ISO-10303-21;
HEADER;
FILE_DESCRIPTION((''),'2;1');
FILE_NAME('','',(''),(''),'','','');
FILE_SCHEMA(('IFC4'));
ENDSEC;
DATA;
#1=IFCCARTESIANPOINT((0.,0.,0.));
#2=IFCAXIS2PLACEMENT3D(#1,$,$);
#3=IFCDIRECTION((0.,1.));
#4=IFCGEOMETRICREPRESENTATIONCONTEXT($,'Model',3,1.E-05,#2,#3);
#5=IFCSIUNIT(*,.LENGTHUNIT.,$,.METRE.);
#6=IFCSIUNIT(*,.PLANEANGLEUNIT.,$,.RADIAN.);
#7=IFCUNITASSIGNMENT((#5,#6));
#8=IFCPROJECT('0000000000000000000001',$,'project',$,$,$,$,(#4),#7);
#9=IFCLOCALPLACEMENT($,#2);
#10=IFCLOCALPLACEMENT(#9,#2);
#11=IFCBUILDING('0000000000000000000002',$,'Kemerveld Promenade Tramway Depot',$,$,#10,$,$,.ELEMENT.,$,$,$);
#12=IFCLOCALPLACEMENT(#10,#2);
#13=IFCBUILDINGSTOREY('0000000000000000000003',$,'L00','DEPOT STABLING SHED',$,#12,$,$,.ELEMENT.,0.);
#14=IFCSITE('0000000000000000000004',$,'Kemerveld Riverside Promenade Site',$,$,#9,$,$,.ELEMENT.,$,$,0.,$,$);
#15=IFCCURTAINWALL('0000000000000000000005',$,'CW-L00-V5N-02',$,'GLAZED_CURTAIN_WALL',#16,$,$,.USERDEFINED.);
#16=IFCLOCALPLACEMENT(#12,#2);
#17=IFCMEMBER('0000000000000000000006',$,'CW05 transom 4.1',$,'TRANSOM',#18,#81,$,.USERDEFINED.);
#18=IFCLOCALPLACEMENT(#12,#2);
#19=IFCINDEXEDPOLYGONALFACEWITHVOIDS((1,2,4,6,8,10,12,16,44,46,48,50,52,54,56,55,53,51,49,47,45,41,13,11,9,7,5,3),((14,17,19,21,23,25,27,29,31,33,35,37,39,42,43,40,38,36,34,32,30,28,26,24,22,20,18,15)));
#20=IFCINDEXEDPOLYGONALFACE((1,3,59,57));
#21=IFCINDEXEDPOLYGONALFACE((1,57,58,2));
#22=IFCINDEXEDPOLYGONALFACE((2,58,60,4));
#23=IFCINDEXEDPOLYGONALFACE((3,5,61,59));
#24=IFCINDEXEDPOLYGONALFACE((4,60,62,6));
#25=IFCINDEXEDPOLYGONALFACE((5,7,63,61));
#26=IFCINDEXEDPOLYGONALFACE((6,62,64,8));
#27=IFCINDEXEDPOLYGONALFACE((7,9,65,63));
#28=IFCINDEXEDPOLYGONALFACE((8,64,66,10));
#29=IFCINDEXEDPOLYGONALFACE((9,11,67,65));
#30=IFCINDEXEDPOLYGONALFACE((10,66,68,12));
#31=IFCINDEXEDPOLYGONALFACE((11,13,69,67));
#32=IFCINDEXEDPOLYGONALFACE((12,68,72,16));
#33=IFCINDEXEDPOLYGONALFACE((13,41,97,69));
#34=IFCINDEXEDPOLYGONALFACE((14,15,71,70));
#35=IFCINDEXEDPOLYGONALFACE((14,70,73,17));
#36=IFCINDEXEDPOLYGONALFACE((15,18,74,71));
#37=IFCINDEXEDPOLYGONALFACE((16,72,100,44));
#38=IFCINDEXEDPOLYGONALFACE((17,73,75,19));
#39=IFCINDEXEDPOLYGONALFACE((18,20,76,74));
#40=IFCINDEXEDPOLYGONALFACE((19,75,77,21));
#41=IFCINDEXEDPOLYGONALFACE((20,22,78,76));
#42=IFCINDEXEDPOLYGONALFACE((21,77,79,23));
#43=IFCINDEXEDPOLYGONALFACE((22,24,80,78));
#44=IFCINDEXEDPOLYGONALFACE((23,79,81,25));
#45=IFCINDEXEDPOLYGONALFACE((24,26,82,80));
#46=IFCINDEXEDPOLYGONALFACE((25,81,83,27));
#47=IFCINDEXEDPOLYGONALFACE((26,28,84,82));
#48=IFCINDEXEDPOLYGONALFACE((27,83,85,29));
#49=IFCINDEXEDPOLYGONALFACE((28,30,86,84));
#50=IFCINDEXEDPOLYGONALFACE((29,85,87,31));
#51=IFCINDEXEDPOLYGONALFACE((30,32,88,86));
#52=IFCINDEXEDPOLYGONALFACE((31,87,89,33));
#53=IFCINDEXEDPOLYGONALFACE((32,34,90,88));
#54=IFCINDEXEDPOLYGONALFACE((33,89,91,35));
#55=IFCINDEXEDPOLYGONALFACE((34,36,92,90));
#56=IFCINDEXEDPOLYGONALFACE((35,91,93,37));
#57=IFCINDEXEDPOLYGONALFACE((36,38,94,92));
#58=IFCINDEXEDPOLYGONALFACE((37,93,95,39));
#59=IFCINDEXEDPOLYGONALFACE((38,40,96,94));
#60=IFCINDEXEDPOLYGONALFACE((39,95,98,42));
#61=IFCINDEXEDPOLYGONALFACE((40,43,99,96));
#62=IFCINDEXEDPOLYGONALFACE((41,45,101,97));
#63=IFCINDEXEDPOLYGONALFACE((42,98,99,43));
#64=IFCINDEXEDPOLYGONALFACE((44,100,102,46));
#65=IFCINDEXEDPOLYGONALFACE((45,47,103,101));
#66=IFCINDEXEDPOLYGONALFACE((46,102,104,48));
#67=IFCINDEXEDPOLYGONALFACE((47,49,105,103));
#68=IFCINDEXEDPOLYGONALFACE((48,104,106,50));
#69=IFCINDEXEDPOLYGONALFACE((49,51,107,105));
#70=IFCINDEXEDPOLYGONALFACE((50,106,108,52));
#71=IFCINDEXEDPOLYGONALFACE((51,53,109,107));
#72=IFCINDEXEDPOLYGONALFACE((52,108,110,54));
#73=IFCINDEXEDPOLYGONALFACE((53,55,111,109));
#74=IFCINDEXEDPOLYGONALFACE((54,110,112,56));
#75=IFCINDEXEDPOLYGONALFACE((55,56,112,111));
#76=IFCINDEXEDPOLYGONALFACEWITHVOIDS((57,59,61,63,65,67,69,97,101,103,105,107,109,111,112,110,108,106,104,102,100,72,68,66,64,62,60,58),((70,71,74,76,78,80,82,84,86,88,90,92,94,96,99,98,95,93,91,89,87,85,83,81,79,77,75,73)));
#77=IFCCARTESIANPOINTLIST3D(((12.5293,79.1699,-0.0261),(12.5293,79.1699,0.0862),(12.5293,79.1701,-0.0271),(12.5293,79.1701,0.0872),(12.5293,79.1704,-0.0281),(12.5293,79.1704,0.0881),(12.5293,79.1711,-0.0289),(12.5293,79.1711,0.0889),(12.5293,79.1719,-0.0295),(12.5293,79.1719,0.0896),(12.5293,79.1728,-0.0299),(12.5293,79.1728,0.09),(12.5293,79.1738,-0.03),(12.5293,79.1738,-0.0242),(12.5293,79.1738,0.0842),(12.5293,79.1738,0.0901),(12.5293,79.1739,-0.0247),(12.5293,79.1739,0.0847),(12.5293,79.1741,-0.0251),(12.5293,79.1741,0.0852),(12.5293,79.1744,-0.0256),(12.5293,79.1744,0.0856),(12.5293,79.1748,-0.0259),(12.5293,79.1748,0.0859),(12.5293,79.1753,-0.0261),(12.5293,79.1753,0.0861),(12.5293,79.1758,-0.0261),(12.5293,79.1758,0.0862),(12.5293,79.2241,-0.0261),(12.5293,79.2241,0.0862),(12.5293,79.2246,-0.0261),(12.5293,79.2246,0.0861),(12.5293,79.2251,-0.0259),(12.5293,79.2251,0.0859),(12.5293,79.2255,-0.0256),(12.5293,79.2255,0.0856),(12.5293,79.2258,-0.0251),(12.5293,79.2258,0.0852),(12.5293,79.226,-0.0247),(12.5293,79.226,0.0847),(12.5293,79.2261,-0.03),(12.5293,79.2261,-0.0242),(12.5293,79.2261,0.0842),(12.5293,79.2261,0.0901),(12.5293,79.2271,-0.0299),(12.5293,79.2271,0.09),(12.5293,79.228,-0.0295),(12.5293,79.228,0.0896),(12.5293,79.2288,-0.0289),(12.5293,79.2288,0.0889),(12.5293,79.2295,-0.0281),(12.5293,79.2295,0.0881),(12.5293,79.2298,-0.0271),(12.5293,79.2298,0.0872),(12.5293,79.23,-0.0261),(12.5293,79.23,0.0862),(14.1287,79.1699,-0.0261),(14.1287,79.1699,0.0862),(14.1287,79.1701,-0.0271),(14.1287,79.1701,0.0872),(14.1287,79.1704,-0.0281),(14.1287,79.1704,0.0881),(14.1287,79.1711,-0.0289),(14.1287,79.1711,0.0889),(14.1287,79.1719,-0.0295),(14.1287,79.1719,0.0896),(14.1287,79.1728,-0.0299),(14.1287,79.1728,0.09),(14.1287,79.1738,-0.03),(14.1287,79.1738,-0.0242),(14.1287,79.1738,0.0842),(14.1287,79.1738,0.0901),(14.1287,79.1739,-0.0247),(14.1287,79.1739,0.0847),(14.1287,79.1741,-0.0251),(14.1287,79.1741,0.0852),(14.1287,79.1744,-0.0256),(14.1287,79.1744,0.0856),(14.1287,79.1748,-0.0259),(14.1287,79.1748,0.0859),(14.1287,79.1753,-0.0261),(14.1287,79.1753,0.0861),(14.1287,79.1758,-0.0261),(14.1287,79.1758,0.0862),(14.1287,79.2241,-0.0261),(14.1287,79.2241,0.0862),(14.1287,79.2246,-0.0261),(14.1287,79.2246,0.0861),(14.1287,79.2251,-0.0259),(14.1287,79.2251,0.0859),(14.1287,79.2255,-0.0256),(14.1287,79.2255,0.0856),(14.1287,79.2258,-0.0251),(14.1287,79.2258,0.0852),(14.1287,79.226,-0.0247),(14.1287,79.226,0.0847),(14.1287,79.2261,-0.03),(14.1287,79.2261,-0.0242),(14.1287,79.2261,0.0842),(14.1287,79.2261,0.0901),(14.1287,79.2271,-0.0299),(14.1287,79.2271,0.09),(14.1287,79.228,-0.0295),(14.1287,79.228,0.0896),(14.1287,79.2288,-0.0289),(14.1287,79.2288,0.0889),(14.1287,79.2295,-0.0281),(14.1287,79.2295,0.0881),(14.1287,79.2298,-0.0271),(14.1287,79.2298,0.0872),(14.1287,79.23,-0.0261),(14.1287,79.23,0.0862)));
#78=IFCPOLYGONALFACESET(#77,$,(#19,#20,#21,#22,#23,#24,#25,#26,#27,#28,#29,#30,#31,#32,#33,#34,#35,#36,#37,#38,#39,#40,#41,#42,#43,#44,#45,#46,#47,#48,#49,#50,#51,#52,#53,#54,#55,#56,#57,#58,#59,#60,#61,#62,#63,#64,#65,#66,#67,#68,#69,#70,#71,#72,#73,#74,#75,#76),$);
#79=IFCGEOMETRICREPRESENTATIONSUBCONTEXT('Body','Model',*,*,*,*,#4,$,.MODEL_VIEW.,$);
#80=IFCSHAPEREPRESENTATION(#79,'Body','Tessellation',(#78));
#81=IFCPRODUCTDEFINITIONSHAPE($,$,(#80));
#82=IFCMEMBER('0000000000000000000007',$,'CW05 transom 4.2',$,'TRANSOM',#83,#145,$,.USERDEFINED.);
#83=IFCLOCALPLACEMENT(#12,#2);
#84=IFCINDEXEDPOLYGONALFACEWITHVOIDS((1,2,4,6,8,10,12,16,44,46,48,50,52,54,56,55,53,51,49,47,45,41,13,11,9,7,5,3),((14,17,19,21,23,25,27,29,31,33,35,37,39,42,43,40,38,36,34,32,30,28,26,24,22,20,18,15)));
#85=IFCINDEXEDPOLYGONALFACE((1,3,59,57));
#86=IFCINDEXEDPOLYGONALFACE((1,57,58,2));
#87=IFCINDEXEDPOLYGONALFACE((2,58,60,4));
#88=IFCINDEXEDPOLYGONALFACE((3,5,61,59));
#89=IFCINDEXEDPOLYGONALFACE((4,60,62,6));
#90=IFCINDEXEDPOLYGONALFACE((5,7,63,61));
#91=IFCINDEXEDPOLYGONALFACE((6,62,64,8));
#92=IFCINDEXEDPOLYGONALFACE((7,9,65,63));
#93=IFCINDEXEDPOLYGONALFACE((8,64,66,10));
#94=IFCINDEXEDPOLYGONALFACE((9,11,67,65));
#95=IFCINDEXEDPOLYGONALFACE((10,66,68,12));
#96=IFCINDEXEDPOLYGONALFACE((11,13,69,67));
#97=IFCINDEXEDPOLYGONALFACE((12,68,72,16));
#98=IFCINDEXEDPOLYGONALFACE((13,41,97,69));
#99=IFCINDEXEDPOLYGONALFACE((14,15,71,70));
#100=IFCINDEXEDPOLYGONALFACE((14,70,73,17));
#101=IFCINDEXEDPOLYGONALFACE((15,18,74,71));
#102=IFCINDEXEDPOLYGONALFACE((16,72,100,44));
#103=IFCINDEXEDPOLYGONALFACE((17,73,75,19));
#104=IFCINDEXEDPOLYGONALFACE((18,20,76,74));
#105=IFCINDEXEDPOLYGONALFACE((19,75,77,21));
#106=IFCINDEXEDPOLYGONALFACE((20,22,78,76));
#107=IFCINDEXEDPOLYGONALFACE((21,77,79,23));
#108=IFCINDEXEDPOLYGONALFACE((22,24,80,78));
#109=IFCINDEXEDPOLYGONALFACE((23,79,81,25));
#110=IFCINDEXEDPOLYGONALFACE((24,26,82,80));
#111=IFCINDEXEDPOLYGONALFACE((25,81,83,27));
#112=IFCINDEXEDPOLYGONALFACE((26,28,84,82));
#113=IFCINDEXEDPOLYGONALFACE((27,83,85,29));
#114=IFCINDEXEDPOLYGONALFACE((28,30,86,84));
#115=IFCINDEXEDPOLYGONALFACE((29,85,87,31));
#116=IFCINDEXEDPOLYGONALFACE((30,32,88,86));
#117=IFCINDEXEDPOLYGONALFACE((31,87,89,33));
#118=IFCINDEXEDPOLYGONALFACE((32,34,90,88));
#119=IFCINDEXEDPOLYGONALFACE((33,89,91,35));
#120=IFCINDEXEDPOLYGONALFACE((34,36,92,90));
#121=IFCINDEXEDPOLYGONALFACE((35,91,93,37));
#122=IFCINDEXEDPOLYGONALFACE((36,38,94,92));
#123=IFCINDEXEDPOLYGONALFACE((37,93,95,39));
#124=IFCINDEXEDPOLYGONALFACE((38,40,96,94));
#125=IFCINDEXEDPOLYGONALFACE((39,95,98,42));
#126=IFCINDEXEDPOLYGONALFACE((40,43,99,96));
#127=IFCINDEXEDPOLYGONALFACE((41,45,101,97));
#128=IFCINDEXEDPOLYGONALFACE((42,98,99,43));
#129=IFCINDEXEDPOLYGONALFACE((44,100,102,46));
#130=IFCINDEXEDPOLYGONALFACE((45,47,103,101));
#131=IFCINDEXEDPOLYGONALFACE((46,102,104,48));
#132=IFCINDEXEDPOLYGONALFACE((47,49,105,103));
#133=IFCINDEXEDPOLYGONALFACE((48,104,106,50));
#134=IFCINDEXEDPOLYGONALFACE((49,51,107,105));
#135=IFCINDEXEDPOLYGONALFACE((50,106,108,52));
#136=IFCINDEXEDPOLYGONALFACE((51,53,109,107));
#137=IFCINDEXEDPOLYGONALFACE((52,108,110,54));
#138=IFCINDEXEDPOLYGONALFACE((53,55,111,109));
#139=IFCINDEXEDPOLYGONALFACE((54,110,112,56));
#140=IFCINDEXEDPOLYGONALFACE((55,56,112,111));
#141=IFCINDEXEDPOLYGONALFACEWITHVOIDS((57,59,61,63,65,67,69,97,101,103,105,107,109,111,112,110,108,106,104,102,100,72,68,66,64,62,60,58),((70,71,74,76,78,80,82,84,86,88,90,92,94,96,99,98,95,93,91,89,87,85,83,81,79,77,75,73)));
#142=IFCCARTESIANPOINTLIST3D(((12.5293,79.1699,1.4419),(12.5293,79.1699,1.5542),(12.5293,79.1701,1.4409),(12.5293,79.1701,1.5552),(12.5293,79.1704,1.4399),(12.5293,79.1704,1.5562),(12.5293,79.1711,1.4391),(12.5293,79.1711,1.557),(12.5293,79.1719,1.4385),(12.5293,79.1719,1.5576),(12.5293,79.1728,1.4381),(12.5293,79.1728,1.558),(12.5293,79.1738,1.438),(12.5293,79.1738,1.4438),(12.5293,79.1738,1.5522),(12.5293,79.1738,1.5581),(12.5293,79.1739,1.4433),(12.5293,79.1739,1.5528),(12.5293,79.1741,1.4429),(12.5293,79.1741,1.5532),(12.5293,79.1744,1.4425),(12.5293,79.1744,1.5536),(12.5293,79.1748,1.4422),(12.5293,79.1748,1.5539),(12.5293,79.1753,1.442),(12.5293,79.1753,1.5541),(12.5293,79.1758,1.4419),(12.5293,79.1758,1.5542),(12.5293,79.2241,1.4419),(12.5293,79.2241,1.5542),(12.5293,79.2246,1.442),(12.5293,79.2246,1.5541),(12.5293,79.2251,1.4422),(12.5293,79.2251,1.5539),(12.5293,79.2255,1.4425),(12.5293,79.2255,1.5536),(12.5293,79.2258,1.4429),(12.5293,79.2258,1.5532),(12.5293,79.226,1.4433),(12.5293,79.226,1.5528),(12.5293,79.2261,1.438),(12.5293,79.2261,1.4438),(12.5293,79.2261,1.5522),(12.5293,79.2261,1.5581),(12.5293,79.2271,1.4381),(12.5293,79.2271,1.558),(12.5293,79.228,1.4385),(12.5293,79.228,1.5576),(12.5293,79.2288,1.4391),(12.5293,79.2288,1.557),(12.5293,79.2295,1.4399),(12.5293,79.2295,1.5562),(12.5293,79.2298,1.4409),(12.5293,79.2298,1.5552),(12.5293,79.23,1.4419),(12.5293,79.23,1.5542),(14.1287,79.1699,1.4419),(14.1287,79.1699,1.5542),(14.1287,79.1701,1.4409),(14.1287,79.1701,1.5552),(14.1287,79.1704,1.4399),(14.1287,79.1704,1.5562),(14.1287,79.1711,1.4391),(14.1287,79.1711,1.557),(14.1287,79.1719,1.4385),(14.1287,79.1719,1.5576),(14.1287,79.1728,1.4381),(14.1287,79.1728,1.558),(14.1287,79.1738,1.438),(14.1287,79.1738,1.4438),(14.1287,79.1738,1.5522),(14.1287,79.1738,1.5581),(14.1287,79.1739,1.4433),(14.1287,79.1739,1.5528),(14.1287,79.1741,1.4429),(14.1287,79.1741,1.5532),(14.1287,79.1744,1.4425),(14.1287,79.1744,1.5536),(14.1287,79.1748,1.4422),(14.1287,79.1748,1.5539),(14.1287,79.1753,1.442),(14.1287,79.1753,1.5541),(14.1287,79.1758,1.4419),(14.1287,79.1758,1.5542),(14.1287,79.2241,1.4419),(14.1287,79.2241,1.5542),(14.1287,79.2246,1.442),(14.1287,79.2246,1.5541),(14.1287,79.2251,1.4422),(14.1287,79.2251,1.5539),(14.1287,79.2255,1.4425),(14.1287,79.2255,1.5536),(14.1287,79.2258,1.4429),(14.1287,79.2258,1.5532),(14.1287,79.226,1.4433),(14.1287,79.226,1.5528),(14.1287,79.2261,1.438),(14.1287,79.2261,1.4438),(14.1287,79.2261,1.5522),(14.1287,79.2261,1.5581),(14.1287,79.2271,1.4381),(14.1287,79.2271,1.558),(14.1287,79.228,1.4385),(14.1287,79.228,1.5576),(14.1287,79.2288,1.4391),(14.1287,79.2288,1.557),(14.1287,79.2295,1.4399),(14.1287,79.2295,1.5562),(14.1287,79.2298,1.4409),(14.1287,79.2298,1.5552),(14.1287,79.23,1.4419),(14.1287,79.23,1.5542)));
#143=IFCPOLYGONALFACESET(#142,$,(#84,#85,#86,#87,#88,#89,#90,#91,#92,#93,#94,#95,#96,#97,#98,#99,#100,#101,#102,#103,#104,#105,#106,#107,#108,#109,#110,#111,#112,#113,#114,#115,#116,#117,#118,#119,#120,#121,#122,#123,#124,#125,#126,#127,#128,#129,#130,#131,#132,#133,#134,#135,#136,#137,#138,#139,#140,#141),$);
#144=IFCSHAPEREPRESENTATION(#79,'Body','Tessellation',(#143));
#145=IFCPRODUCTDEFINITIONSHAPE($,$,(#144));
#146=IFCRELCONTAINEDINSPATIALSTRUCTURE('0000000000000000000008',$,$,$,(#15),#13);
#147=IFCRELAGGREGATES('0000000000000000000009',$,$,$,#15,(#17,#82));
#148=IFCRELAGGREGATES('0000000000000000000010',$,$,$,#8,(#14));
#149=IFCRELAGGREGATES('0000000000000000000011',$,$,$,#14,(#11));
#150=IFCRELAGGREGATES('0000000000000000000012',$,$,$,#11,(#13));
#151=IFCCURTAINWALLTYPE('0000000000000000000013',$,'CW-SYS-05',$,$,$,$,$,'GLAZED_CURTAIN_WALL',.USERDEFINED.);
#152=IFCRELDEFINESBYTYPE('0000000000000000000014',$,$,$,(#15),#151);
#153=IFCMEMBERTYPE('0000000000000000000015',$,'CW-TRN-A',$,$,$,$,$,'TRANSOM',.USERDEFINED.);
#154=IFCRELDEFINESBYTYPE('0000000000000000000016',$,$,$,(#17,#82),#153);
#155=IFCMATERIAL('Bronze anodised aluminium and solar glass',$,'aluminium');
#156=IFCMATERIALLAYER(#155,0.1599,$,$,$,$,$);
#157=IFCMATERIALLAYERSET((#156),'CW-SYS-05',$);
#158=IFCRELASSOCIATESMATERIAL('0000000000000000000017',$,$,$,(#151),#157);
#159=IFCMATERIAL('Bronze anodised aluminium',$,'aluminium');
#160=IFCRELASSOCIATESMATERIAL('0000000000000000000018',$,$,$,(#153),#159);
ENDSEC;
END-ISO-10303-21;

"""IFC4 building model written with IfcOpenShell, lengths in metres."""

from ifc_helpers import new_model, si_unit, direction, frame, origin, origin_2d, place, context, subcontext, project, spatial, hollow_rectangle, extrude, material, layer, layer_set, material_profile, profile_set, type_object, element, aggregate, save


model = new_model("IFC4")

# Units and contexts
model_context = context("Model", 3, precision=1e-05, world=origin(), true_north=direction((0.0, 1.0)))
body_context = subcontext(model_context, "Body", "Model", "MODEL_VIEW")
ifc_project = project(units=[si_unit("LENGTHUNIT", "METRE"), si_unit("PLANEANGLEUNIT", "RADIAN")], contexts=[model_context])

# Site, building, storey
site_placement = place(None, origin())
site = spatial("IfcSite", under=ifc_project, at=site_placement, Name="Kemerveld Riverside Promenade Site", CompositionType="ELEMENT", RefElevation=0.0)
building_placement = place(site_placement, origin())
building = spatial("IfcBuilding", under=site, at=building_placement, Name="Kemerveld Promenade Tramway Depot", CompositionType="ELEMENT")
storey_placement = place(building_placement, origin())
storey = spatial("IfcBuildingStorey", under=building, at=storey_placement, Name="L00", Description="DEPOT STABLING SHED", CompositionType="ELEMENT", Elevation=0.0)

# Curtain wall, members
ifc_material_1 = material(Name="Bronze anodised aluminium and solar glass", Category="aluminium")
ifc_layer_1 = layer(ifc_material_1, 0.1599)
ifc_layer_set_1 = layer_set([ifc_layer_1], Name="CW-SYS-05")
curtain_wall_type = type_object("IfcCurtainWallType", Name="CW-SYS-05", ElementType="GLAZED_CURTAIN_WALL", PredefinedType="USERDEFINED", material=ifc_layer_set_1)
curtain_wall_placement = place(storey_placement, origin())
curtain_wall = element("IfcCurtainWall", 1, at=curtain_wall_placement, inside=storey, type_object=curtain_wall_type, Name="CW-L00-V5N-02", ObjectType="GLAZED_CURTAIN_WALL", PredefinedType="USERDEFINED")
ifc_material_2 = material(Name="Bronze anodised aluminium", Category="aluminium")
ifc_material_profile_1 = material_profile(ifc_material_2, hollow_rectangle(XDim=0.0601, YDim=0.1201, WallThickness=0.0039, InnerFilletRadius=0.002, OuterFilletRadius=0.0039, at=origin_2d()), Name="CW-TRN-120x60")
ifc_profile_set_1 = profile_set([ifc_material_profile_1], Name="Bronze anodised aluminium")
member_type_1 = type_object("IfcMemberType", Name="CW-TRN-A", ElementType="TRANSOM", PredefinedType="USERDEFINED", material=ifc_profile_set_1)
member_1_placement = place(storey_placement, frame((12.5293, 79.2, 0.03), z_axis=(1.0, 0.0, 0.0), x_axis=(0.0, 1.0, 0.0)))
member_1 = element("IfcMember", 2, at=member_1_placement, type_object=member_type_1, Name="CW05 transom 4.1", ObjectType="TRANSOM", PredefinedType="USERDEFINED", context=body_context, shape_type="SweptSolid", body=[
    extrude(hollow_rectangle(XDim=0.0601, YDim=0.1201, WallThickness=0.0039, InnerFilletRadius=0.002, OuterFilletRadius=0.0039, at=origin_2d()), origin(), (0.0, 0.0, 1.0), 1.5994),
])
member_2_placement = place(storey_placement, frame((12.5293, 79.2, 1.498), z_axis=(1.0, 0.0, 0.0), x_axis=(0.0, 1.0, 0.0)))
member_2 = element("IfcMember", 3, at=member_2_placement, type_object=member_type_1, Name="CW05 transom 4.2", ObjectType="TRANSOM", PredefinedType="USERDEFINED", context=body_context, shape_type="SweptSolid", body=[
    extrude(hollow_rectangle(XDim=0.0601, YDim=0.1201, WallThickness=0.0039, InnerFilletRadius=0.002, OuterFilletRadius=0.0039, at=origin_2d()), origin(), (0.0, 0.0, 1.0), 1.5994),
])
aggregate(curtain_wall, [member_1, member_2])

save(model, "model.ifc")
